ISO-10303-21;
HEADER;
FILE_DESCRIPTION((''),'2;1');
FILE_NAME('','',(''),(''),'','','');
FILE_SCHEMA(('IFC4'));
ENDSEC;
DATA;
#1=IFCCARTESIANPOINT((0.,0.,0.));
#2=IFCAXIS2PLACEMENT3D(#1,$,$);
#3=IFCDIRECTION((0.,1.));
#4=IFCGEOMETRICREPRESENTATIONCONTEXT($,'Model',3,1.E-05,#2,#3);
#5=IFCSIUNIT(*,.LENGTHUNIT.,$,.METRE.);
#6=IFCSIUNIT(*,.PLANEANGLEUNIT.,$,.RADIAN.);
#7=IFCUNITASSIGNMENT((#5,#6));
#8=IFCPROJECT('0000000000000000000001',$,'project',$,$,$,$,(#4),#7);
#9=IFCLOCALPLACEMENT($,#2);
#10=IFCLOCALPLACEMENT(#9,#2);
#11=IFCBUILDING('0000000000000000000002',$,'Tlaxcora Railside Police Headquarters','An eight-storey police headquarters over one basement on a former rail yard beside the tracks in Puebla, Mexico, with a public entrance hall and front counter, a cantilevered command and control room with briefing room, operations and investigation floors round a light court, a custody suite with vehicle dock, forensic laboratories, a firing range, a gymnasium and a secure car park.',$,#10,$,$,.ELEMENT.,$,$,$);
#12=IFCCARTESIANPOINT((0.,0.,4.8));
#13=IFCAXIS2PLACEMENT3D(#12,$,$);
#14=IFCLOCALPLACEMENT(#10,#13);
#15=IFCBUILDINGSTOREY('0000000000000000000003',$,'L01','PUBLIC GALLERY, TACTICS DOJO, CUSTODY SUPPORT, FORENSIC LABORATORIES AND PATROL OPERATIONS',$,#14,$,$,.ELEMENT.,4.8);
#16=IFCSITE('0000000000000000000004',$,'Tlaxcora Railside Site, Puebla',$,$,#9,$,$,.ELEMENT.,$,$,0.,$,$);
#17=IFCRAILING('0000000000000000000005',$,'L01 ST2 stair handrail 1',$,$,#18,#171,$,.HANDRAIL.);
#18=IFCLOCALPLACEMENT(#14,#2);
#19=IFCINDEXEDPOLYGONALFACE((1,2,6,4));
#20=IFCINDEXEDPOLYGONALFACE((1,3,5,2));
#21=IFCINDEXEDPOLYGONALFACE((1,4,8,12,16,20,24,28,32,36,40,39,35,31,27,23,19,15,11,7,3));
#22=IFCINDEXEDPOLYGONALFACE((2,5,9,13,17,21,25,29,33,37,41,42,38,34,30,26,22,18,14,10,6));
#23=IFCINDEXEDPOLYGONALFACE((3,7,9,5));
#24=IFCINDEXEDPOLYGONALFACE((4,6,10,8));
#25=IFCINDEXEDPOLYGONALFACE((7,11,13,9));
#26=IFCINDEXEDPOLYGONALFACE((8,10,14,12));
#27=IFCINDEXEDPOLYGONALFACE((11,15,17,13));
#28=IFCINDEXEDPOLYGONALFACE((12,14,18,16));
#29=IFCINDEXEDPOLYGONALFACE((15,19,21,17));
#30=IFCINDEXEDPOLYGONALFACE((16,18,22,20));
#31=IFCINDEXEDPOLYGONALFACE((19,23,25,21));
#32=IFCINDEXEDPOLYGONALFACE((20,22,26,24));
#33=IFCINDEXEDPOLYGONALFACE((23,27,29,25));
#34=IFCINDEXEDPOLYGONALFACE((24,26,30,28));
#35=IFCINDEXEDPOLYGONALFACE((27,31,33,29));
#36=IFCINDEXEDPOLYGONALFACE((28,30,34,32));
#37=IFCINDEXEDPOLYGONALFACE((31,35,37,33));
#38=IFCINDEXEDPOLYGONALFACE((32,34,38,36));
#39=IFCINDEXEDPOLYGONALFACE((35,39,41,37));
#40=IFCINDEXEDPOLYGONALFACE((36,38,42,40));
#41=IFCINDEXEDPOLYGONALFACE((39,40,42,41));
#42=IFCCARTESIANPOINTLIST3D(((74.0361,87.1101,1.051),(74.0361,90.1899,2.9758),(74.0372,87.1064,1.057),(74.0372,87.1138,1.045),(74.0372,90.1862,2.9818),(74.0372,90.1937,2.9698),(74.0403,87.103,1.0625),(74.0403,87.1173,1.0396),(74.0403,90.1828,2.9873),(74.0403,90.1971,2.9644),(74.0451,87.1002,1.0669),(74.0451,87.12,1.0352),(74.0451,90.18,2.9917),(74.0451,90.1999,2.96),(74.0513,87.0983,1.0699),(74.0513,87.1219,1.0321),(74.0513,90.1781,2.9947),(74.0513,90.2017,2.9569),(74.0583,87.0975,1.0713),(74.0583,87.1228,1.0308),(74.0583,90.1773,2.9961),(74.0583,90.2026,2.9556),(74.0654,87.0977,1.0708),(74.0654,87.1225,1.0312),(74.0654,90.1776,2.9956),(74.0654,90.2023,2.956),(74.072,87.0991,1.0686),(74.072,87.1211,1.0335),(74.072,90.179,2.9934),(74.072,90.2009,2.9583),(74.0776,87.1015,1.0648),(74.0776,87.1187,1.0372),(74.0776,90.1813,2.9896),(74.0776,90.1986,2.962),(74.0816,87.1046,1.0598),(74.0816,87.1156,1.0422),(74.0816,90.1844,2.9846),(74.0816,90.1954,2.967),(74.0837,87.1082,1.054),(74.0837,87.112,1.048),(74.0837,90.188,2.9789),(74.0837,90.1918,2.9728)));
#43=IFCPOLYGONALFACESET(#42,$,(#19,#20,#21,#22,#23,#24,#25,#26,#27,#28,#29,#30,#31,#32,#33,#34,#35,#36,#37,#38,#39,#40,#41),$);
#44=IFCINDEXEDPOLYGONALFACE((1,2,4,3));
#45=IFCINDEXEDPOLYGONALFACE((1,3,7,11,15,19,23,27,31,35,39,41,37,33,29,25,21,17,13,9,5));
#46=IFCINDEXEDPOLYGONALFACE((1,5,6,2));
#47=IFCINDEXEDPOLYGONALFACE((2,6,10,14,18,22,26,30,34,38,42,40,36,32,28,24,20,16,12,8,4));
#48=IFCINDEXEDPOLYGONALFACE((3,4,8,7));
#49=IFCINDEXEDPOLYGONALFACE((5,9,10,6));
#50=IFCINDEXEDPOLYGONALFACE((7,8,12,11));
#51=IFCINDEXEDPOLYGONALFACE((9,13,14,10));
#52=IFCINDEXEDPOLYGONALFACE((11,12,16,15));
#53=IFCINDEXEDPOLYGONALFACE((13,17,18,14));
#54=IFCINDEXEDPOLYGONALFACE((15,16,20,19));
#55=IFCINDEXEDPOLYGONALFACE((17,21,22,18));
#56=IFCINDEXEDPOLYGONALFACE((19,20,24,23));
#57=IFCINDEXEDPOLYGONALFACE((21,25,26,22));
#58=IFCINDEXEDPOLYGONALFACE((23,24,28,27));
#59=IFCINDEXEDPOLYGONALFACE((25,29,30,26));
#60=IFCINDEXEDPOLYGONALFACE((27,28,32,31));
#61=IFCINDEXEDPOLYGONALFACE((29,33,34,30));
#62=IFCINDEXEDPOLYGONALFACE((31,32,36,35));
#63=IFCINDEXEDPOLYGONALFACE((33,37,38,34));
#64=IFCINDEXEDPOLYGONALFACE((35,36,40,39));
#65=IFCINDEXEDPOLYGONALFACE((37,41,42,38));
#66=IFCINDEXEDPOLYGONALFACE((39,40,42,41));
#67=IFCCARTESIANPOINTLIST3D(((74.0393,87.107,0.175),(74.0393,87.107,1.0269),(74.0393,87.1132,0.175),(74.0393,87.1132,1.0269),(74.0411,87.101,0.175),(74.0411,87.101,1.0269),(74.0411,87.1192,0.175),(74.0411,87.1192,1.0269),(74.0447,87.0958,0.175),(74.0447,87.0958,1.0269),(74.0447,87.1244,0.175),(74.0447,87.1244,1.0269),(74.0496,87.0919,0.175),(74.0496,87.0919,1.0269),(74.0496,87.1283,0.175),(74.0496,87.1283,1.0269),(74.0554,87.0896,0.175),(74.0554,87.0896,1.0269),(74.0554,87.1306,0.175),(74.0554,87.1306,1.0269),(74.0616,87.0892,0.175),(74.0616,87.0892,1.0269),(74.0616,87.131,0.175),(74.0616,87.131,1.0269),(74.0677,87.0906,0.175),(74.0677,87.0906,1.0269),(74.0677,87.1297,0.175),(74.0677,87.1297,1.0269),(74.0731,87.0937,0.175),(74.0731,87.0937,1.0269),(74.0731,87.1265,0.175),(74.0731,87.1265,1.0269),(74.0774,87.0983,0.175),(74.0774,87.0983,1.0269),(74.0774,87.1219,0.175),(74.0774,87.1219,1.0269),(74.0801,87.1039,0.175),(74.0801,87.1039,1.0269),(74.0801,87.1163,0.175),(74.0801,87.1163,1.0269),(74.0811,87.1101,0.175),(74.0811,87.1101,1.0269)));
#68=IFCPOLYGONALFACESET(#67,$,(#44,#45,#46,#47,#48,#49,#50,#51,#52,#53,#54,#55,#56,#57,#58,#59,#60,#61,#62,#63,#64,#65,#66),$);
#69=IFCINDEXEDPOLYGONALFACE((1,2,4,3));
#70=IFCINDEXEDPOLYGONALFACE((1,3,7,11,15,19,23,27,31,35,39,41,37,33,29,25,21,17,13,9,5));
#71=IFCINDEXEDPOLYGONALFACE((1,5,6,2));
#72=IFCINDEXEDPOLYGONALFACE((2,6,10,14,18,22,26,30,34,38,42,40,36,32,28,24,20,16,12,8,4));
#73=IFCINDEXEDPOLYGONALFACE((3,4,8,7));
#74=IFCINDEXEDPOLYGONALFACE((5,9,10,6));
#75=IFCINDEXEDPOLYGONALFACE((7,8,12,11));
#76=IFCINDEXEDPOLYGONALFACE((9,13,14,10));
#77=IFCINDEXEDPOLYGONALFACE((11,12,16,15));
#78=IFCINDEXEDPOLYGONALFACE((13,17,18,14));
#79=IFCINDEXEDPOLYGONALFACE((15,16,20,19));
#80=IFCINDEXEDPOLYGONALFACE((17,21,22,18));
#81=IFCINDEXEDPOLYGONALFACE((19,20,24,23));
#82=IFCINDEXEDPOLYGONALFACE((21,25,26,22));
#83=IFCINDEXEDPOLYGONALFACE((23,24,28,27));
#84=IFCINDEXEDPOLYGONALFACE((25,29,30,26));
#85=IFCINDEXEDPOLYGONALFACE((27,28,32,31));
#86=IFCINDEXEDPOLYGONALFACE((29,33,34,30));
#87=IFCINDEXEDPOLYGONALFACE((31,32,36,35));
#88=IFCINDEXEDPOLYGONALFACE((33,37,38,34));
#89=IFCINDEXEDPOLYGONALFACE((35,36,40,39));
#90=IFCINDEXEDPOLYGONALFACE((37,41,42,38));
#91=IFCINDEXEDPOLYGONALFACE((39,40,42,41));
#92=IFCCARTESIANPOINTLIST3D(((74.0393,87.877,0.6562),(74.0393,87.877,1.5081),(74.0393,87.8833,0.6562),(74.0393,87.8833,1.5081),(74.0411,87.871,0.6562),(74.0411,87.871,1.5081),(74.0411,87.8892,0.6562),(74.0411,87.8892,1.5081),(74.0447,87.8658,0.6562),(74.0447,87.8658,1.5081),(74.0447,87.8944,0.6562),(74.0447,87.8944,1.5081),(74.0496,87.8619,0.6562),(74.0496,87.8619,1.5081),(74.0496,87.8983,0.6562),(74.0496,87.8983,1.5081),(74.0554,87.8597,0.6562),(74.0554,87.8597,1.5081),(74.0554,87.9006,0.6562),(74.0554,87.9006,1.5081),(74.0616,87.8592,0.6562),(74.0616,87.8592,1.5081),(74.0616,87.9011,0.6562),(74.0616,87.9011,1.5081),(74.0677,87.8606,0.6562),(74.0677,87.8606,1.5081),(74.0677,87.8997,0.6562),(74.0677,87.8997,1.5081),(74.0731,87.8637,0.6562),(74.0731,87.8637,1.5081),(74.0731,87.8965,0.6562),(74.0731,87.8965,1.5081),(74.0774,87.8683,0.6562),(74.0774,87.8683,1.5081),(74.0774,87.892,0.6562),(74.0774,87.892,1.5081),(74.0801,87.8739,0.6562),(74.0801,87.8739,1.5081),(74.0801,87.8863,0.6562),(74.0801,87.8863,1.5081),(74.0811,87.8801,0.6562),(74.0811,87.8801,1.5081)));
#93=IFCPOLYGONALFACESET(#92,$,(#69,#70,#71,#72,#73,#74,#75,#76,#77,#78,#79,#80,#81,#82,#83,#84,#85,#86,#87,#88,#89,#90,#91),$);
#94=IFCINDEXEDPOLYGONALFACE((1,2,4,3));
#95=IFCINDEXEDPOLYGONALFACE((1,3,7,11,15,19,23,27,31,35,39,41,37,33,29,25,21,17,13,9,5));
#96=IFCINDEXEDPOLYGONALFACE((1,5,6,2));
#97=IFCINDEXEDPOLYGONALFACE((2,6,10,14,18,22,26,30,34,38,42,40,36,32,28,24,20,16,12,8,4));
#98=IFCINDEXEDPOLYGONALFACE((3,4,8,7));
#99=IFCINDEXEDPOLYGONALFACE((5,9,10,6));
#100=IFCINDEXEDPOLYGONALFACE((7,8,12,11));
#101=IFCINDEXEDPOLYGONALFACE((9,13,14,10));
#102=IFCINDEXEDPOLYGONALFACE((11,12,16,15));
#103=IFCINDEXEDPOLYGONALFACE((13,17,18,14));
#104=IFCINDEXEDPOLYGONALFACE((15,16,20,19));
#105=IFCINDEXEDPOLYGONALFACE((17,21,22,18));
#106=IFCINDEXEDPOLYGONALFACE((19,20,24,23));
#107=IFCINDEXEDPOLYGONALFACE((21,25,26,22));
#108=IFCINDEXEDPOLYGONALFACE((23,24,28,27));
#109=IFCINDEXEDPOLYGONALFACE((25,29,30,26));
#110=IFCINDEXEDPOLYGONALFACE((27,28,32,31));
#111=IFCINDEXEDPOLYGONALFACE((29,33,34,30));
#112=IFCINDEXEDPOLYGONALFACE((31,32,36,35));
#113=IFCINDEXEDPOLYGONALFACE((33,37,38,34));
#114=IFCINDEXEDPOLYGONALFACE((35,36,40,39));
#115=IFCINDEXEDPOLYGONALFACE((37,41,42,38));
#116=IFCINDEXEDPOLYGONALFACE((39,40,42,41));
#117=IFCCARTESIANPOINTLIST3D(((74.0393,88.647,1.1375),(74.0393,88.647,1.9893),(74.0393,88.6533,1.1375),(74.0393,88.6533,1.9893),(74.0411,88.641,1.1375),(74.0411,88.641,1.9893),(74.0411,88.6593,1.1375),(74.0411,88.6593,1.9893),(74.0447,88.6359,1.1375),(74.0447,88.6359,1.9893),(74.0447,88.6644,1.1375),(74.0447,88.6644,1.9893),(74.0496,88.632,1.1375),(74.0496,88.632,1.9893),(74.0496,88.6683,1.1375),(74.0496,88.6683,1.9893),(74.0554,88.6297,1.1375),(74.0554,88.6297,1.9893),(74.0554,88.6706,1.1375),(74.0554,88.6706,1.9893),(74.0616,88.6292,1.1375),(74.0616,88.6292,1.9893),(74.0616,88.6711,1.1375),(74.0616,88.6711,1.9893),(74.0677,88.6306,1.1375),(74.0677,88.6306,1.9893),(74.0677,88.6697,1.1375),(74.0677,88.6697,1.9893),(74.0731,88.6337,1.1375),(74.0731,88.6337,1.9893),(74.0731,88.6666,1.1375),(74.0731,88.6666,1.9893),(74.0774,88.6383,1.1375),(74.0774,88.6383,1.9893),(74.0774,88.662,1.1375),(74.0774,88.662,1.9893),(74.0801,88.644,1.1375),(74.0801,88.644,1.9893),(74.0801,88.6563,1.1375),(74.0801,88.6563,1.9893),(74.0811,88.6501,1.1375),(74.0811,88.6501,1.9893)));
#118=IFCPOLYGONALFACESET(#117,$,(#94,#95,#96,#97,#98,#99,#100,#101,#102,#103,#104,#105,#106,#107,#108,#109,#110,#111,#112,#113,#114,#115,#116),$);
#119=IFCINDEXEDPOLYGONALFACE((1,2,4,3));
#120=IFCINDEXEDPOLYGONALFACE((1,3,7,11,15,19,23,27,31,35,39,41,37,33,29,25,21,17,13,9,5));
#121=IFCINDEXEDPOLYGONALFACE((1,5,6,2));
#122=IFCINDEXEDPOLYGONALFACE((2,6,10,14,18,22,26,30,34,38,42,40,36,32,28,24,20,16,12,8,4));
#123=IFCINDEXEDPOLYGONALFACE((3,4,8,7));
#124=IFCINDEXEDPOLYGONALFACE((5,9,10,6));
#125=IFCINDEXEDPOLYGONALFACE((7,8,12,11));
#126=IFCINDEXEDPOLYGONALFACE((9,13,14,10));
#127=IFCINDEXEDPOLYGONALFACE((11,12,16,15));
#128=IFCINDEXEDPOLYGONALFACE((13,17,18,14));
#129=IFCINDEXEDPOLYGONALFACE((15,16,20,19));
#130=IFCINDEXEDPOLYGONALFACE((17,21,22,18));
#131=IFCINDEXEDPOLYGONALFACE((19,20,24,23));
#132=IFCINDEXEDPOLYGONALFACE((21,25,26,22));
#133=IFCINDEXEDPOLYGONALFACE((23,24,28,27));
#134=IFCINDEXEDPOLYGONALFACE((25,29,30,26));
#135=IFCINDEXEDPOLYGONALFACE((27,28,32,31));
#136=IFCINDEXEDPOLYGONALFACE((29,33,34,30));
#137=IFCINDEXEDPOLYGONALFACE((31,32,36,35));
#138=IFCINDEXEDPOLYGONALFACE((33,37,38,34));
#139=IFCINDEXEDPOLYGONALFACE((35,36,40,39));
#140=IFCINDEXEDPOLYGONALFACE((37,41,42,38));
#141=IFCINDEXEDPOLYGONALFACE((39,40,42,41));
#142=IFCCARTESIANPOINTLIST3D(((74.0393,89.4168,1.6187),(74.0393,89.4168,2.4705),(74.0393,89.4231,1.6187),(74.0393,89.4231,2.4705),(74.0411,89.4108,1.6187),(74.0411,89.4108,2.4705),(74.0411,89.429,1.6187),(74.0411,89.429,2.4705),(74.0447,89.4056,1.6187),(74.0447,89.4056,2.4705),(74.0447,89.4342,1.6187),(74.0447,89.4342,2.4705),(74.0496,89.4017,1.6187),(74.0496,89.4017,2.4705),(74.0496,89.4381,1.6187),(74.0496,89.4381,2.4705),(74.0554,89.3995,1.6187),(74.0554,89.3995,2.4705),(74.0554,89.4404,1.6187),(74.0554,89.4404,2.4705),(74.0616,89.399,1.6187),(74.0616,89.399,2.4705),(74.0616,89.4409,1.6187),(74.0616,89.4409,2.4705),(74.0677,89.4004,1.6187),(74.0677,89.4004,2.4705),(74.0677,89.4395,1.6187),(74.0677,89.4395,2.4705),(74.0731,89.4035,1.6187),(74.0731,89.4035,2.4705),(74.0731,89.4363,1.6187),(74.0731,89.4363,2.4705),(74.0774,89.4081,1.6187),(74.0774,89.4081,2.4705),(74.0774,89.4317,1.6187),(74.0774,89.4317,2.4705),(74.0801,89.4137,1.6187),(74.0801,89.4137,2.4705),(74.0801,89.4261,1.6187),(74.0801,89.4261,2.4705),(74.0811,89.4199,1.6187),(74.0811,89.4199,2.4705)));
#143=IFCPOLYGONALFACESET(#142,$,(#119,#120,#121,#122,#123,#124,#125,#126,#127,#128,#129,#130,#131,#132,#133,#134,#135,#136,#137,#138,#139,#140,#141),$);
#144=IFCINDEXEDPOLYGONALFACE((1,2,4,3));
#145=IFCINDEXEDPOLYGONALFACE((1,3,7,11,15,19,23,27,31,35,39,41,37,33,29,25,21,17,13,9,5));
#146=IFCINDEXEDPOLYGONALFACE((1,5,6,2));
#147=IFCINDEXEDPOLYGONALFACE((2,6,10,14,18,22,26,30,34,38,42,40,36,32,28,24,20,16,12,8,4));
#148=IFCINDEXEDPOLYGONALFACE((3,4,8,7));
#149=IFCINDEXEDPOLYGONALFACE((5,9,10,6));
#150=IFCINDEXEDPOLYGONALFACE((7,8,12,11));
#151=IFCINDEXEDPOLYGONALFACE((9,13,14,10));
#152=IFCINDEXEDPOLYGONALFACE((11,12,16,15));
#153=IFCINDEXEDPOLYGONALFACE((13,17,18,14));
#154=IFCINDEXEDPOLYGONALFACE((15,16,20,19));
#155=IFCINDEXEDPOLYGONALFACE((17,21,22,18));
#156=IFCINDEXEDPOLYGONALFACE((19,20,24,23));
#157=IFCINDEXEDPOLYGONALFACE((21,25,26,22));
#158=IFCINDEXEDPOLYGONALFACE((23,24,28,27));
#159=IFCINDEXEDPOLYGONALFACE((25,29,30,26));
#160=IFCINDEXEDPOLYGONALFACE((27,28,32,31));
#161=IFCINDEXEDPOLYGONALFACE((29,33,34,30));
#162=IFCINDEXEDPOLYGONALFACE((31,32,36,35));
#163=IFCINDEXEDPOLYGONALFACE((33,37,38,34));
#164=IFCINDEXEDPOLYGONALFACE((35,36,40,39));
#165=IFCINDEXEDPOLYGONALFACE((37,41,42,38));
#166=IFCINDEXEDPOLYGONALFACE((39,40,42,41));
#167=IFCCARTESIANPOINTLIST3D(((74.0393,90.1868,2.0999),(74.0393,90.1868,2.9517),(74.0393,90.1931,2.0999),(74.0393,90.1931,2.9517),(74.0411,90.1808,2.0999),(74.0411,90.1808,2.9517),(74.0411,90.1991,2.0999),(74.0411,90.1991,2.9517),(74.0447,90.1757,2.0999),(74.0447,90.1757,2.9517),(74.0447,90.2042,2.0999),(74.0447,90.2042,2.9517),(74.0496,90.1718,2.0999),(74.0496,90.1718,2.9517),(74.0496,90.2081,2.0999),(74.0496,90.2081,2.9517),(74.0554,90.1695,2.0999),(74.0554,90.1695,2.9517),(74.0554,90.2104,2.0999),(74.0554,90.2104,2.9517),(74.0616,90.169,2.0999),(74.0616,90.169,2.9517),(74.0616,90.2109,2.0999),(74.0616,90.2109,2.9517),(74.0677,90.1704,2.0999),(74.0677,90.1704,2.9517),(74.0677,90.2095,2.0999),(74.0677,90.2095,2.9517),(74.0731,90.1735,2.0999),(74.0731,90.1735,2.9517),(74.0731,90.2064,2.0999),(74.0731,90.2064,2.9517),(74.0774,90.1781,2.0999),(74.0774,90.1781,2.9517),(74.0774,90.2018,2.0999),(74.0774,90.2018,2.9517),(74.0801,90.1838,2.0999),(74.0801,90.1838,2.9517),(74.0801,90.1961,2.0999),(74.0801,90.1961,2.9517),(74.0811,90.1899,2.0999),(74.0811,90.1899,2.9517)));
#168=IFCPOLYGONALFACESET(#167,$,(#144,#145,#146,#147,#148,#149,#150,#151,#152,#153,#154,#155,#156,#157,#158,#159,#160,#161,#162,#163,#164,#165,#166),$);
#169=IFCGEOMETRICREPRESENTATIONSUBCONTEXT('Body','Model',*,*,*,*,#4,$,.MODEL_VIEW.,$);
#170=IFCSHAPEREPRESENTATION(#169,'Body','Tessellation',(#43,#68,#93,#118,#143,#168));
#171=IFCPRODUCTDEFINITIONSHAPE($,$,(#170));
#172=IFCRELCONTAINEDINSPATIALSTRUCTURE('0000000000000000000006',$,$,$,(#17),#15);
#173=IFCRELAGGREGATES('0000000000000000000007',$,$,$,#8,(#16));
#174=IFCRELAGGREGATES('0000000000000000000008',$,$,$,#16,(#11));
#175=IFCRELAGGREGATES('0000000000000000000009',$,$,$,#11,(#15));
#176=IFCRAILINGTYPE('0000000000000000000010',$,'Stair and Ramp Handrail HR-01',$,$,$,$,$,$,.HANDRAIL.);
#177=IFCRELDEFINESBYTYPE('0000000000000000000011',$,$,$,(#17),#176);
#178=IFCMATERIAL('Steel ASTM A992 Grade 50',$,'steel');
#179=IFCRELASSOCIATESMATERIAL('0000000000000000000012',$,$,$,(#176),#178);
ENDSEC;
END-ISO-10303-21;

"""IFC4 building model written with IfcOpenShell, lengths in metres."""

from ifc_helpers import new_model, si_unit, direction, frame, origin, origin_2d, place, context, subcontext, project, spatial, circle, extrude, material, type_object, element, save


model = new_model("IFC4")

# Units and contexts
model_context = context("Model", 3, precision=1e-05, world=origin(), true_north=direction((0.0, 1.0)))
body_context = subcontext(model_context, "Body", "Model", "MODEL_VIEW")
ifc_project = project(units=[si_unit("LENGTHUNIT", "METRE"), si_unit("PLANEANGLEUNIT", "RADIAN")], contexts=[model_context])

# Site, building, storey
site_placement = place(None, origin())
site = spatial("IfcSite", under=ifc_project, at=site_placement, Name="Tlaxcora Railside Site, Puebla", CompositionType="ELEMENT", RefElevation=0.0)
building_placement = place(site_placement, origin())
building = spatial("IfcBuilding", under=site, at=building_placement, Name="Tlaxcora Railside Police Headquarters", Description="An eight-storey police headquarters over one basement on a former rail yard beside the tracks in Puebla, Mexico, with a public entrance hall and front counter, a cantilevered command and control room with briefing room, operations and investigation floors round a light court, a custody suite with vehicle dock, forensic laboratories, a firing range, a gymnasium and a secure car park.", CompositionType="ELEMENT")
storey_placement = place(building_placement, frame((0.0, 0.0, 4.8)))
storey = spatial("IfcBuildingStorey", under=building, at=storey_placement, Name="L01", Description="PUBLIC GALLERY, TACTICS DOJO, CUSTODY SUPPORT, FORENSIC LABORATORIES AND PATROL OPERATIONS", CompositionType="ELEMENT", Elevation=4.8)

# Shared definitions
ifc_material_1 = material(Name="Steel ASTM A992 Grade 50", Category="steel")

# Railing
railing_type_1 = type_object("IfcRailingType", Name="Stair and Ramp Handrail HR-01", PredefinedType="HANDRAIL", material=ifc_material_1)
railing_1_placement = place(storey_placement, frame((74.0601, 87.1101, 0.175)))
element("IfcRailing", 1, at=railing_1_placement, inside=storey, type_object=railing_type_1, Name="L01 ST2 stair handrail 1", PredefinedType="HANDRAIL", context=body_context, shape_type="SweptSolid", body=[
    extrude(circle(Radius=0.0239, at=origin_2d()), frame((0.0, 0.0, 0.876), z_axis=(0.0, 0.84801, 0.529981), x_axis=(-1.0, 0.0, 0.0)), (0.0, 0.0, 1.0), 3.6318),
    extrude(circle(Radius=0.021, at=origin_2d()), origin(), (0.0, 0.0, 1.0), 0.8518),
    extrude(circle(Radius=0.021, at=origin_2d()), frame((0.0, 0.77, 0.4812)), (0.0, 0.0, 1.0), 0.8518),
    extrude(circle(Radius=0.021, at=origin_2d()), frame((0.0, 1.54, 0.9624)), (0.0, 0.0, 1.0), 0.8518),
    extrude(circle(Radius=0.021, at=origin_2d()), frame((0.0, 2.3098, 1.4436)), (0.0, 0.0, 1.0), 0.8518),
    extrude(circle(Radius=0.021, at=origin_2d()), frame((0.0, 3.0798, 1.9248)), (0.0, 0.0, 1.0), 0.8518),
])

save(model, "model.ifc")
